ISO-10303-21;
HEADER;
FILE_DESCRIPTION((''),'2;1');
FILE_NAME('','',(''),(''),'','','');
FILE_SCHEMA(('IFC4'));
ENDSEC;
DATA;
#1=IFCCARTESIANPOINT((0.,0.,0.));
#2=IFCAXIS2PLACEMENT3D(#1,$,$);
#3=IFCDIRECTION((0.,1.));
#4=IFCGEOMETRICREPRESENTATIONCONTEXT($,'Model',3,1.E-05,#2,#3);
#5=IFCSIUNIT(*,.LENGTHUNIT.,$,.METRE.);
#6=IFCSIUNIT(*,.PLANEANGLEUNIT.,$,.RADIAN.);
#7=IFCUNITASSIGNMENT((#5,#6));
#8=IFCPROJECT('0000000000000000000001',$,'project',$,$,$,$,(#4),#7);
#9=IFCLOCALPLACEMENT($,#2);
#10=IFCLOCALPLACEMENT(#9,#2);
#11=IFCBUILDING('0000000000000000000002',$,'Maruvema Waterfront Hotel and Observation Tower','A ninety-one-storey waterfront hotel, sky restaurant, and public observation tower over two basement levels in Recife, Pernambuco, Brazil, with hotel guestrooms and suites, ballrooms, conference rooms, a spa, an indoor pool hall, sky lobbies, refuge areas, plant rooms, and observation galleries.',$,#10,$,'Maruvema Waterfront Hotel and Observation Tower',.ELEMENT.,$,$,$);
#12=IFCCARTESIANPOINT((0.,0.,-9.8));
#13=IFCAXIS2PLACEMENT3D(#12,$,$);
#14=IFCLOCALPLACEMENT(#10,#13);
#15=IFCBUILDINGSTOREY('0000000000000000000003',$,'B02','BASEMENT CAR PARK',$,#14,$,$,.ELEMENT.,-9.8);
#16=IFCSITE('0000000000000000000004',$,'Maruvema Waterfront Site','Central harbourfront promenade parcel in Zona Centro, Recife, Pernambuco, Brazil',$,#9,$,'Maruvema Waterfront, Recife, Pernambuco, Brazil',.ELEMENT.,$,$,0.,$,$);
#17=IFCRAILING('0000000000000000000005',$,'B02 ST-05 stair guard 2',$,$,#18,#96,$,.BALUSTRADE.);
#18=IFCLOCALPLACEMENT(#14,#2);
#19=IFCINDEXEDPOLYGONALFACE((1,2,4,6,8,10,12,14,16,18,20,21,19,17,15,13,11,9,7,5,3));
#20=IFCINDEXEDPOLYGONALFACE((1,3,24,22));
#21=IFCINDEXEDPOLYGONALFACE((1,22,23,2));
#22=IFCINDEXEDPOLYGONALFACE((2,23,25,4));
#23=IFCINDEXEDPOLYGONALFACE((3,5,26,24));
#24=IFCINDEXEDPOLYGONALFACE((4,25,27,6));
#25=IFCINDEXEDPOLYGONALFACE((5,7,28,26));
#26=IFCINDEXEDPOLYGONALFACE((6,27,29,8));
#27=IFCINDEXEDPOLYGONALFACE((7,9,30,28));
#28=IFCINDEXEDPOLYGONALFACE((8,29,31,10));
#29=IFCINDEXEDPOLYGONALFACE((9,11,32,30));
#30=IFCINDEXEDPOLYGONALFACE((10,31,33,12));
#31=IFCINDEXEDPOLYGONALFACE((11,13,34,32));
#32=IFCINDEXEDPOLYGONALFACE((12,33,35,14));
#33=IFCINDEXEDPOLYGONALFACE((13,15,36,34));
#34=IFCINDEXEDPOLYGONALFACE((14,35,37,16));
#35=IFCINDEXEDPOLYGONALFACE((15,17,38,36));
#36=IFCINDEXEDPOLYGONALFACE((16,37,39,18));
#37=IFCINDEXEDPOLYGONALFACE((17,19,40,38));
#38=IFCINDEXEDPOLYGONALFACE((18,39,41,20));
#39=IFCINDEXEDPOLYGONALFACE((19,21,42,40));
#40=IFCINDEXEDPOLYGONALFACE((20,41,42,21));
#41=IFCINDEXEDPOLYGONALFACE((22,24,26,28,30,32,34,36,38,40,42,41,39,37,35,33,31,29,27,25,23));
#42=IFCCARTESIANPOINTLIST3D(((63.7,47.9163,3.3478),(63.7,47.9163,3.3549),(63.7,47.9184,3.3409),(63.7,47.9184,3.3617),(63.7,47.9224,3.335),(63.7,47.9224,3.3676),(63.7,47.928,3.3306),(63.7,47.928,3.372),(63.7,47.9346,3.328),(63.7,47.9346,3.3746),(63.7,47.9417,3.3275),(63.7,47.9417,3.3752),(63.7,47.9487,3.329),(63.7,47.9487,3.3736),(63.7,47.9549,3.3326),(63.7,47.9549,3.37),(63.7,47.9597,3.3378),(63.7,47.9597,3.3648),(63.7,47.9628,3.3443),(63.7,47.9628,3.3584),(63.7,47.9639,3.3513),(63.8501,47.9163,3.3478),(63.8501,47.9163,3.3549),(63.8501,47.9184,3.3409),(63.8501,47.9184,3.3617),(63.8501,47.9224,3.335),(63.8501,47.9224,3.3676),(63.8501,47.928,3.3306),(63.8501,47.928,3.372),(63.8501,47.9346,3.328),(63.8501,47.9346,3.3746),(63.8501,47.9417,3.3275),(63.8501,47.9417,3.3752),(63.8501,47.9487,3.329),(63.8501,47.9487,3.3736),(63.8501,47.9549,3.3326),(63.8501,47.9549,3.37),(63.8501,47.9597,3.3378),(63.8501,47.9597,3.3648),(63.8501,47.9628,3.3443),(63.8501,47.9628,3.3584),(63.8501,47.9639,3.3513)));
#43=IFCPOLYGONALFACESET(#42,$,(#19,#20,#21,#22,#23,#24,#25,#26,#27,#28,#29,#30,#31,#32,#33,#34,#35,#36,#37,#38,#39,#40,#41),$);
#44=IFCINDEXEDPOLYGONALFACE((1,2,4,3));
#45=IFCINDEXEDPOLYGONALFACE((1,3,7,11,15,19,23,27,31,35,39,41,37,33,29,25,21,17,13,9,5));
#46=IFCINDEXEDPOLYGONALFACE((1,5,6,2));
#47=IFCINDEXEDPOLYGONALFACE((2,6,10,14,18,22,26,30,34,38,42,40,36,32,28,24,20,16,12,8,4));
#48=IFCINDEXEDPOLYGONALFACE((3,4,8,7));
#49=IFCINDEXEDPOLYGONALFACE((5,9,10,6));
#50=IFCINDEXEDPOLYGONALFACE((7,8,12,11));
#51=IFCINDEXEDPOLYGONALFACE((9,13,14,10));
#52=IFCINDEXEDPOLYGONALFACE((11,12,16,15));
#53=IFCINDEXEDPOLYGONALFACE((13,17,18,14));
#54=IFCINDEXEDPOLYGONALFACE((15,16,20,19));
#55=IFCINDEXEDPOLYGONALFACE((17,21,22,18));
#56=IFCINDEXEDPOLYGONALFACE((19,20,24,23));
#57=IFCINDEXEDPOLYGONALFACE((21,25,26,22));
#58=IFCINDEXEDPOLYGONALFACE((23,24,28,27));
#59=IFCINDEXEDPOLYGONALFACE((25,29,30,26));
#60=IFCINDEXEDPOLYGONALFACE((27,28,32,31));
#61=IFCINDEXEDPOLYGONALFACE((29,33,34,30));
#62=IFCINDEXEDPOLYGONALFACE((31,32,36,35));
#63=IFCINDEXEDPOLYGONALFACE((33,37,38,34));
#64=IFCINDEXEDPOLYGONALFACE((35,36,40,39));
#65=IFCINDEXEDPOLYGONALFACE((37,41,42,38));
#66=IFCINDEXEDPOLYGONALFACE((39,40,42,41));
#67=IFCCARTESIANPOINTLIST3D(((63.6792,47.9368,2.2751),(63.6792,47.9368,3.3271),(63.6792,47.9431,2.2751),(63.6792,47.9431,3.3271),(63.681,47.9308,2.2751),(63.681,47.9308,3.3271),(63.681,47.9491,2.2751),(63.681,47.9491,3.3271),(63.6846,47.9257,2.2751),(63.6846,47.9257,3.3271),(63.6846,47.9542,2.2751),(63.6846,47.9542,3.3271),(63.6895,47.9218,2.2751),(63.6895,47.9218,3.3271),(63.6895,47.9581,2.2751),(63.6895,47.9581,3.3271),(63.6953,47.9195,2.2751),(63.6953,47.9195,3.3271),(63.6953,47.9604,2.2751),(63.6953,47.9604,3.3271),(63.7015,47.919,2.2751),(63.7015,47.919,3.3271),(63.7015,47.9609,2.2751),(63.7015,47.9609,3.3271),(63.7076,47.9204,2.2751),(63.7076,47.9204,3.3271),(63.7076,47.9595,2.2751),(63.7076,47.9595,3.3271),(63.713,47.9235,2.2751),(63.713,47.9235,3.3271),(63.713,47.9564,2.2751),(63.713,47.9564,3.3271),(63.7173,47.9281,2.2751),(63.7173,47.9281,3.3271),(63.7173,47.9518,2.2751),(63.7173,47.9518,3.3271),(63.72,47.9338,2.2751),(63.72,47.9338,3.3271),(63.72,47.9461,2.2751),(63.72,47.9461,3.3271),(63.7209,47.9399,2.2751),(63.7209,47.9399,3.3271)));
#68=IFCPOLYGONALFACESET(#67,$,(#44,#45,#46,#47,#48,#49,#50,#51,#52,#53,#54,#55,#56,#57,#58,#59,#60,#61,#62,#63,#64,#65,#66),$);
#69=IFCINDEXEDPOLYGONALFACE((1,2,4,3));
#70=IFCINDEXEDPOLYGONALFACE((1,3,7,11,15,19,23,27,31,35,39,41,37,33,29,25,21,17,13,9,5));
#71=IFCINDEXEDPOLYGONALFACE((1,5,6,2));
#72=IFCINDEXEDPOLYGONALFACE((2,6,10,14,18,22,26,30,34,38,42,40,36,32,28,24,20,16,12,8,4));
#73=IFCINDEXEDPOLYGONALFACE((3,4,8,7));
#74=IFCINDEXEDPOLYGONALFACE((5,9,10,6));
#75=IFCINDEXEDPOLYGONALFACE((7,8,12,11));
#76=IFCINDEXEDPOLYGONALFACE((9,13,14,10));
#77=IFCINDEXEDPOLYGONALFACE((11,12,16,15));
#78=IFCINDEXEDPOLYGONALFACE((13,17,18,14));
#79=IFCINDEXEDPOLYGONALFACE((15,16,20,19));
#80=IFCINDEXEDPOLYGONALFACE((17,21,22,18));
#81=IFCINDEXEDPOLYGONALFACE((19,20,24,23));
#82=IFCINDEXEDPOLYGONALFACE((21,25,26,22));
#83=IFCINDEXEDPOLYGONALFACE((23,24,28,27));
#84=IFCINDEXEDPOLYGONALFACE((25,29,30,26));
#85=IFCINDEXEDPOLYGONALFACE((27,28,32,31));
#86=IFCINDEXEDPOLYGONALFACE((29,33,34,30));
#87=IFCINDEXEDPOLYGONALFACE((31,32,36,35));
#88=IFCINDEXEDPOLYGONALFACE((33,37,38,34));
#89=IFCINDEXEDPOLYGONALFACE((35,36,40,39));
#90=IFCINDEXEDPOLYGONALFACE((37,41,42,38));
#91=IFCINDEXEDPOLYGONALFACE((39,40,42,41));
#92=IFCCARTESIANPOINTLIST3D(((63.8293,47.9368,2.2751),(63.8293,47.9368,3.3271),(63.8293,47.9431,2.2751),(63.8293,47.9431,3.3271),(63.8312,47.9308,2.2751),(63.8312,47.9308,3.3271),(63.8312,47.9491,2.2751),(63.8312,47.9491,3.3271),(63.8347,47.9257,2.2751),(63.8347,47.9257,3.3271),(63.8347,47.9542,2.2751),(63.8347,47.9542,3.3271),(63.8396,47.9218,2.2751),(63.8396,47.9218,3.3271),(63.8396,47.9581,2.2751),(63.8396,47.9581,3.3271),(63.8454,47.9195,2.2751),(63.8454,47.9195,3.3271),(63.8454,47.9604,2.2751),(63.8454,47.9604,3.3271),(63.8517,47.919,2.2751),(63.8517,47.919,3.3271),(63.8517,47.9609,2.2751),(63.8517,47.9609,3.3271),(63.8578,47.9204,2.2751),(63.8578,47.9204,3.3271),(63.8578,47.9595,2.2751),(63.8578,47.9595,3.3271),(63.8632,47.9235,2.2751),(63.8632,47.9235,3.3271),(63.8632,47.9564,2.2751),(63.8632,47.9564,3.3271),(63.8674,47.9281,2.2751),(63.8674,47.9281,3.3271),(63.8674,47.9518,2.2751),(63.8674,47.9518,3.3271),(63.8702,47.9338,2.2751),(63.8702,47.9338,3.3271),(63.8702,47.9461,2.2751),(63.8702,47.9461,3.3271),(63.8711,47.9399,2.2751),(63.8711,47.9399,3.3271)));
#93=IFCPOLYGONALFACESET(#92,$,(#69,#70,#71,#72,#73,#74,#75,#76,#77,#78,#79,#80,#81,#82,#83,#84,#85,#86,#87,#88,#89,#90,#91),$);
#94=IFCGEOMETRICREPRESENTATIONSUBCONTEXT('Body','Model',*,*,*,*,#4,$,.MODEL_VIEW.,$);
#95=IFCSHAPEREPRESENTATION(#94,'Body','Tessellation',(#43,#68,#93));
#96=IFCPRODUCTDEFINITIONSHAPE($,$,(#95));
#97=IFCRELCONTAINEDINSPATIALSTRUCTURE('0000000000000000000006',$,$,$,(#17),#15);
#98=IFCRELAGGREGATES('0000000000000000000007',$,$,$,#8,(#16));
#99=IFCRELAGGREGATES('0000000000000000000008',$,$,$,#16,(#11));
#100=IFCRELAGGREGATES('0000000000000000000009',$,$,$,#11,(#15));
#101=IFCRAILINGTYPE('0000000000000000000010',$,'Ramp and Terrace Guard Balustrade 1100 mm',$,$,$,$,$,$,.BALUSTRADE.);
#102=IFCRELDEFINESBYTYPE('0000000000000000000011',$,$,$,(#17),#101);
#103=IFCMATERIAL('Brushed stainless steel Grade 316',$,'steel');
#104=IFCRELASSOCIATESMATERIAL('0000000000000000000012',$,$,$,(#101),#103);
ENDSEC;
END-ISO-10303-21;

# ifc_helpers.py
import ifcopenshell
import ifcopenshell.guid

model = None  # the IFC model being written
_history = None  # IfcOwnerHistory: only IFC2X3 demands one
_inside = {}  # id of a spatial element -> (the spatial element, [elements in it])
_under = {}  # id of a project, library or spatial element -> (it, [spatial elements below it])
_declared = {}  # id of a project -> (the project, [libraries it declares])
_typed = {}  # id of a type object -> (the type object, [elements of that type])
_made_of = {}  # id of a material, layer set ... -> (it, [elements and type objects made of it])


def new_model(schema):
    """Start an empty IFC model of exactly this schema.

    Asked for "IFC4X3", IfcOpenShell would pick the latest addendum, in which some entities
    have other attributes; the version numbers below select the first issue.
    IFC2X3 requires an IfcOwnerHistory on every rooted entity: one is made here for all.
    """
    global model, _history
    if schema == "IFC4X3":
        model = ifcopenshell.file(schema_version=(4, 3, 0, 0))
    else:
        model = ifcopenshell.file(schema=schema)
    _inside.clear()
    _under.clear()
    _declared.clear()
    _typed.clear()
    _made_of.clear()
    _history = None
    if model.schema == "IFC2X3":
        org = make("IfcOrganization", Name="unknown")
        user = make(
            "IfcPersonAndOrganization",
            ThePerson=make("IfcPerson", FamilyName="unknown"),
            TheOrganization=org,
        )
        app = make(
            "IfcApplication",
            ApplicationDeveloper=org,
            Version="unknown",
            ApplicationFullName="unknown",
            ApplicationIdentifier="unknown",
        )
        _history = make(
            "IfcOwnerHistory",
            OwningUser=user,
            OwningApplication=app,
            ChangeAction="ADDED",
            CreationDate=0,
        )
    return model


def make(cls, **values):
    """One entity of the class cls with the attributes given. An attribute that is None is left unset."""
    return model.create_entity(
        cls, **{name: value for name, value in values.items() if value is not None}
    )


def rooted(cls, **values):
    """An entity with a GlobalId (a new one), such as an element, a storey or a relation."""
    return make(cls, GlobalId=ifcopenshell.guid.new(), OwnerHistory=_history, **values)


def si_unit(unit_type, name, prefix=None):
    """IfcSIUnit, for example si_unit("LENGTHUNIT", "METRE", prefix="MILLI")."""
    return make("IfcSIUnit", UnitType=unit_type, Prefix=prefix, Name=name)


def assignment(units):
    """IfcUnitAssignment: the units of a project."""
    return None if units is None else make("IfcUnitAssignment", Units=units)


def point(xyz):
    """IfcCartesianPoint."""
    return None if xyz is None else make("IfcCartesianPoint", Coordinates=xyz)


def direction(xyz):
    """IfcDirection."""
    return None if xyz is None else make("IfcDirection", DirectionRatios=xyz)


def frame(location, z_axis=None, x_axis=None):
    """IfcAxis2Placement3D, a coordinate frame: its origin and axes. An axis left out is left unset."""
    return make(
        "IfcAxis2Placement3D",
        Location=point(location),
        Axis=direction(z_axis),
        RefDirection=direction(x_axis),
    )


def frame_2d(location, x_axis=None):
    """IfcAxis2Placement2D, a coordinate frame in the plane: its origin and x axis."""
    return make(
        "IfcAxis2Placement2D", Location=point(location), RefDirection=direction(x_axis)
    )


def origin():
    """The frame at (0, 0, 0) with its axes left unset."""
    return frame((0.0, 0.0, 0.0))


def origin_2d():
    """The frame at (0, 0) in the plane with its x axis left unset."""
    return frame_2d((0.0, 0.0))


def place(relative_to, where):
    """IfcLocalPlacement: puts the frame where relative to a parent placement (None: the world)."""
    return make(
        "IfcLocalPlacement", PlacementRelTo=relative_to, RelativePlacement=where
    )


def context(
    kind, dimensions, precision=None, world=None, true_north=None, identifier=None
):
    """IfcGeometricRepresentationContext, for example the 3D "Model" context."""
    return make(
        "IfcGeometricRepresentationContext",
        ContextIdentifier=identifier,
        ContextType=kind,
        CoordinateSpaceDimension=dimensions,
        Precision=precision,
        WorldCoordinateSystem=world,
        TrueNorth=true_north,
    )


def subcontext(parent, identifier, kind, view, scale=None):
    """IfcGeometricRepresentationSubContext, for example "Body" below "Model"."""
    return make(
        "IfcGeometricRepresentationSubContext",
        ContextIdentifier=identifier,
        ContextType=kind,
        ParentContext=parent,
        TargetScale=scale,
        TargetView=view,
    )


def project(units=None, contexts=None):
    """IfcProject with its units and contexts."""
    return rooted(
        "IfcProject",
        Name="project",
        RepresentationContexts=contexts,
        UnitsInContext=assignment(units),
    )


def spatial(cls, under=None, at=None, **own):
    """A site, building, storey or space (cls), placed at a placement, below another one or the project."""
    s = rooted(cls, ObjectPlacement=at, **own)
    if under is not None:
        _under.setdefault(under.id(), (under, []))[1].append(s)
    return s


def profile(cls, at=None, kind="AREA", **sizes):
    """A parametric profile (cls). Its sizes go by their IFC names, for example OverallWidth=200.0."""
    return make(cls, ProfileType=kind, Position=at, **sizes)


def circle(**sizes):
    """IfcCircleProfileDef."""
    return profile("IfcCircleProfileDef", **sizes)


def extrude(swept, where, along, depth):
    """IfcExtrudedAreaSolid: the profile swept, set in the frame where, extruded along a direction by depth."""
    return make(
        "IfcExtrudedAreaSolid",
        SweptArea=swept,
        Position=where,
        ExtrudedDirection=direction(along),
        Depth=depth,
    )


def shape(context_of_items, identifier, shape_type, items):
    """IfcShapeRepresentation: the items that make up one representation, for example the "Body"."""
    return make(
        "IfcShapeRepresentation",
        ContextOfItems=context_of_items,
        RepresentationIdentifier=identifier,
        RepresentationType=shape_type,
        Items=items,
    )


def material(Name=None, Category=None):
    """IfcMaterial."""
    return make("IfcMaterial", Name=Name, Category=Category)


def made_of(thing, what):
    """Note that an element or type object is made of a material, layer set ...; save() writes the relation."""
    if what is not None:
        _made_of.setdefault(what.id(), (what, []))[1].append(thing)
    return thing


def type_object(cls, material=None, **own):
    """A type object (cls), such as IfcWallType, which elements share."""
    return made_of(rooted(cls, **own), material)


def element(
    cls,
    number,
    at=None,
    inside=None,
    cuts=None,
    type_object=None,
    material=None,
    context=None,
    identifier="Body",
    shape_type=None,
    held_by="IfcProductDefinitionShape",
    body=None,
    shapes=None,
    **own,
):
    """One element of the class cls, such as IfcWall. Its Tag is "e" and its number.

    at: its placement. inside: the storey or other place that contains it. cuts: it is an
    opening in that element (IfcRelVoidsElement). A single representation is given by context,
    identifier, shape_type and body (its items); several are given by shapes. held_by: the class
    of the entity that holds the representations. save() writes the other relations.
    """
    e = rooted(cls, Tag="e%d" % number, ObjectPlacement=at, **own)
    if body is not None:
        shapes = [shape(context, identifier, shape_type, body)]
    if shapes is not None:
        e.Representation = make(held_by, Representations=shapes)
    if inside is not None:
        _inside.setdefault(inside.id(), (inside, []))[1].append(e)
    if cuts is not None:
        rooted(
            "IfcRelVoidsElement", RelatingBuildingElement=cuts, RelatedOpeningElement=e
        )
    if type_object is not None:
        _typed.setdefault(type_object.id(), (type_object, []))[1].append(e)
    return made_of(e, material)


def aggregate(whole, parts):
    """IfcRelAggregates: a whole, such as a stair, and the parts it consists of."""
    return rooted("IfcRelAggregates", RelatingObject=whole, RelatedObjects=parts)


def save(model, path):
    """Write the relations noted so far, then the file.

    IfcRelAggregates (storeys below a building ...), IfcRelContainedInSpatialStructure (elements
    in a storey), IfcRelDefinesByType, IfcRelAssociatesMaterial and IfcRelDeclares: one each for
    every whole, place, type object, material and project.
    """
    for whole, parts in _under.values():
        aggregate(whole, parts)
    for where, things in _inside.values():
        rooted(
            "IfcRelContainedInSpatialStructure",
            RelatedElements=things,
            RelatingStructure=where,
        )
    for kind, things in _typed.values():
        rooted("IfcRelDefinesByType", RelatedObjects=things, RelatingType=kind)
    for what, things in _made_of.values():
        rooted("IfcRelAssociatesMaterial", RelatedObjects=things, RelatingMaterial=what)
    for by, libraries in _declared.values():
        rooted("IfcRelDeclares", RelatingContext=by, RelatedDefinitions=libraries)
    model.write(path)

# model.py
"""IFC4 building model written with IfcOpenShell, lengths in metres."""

from ifc_helpers import new_model, si_unit, direction, frame, origin, origin_2d, place, context, subcontext, project, spatial, circle, extrude, material, type_object, element, save


model = new_model("IFC4")

# Units and contexts
model_context = context("Model", 3, precision=1e-05, world=origin(), true_north=direction((0.0, 1.0)))
body_context = subcontext(model_context, "Body", "Model", "MODEL_VIEW")
ifc_project = project(units=[si_unit("LENGTHUNIT", "METRE"), si_unit("PLANEANGLEUNIT", "RADIAN")], contexts=[model_context])

# Site, building, storey
site_placement = place(None, origin())
site = spatial("IfcSite", under=ifc_project, at=site_placement, Name="Maruvema Waterfront Site", Description="Central harbourfront promenade parcel in Zona Centro, Recife, Pernambuco, Brazil", LongName="Maruvema Waterfront, Recife, Pernambuco, Brazil", CompositionType="ELEMENT", RefElevation=0.0)
building_placement = place(site_placement, origin())
building = spatial("IfcBuilding", under=site, at=building_placement, Name="Maruvema Waterfront Hotel and Observation Tower", Description="A ninety-one-storey waterfront hotel, sky restaurant, and public observation tower over two basement levels in Recife, Pernambuco, Brazil, with hotel guestrooms and suites, ballrooms, conference rooms, a spa, an indoor pool hall, sky lobbies, refuge areas, plant rooms, and observation galleries.", LongName="Maruvema Waterfront Hotel and Observation Tower", CompositionType="ELEMENT")
storey_placement = place(building_placement, frame((0.0, 0.0, -9.8)))
storey = spatial("IfcBuildingStorey", under=building, at=storey_placement, Name="B02", Description="BASEMENT CAR PARK", CompositionType="ELEMENT", Elevation=-9.8)

# Railing
ifc_material_1 = material(Name="Brushed stainless steel Grade 316", Category="steel")
railing_type_1 = type_object("IfcRailingType", Name="Ramp and Terrace Guard Balustrade 1100 mm", PredefinedType="BALUSTRADE", material=ifc_material_1)
railing_1_placement = place(storey_placement, frame((63.7, 47.9399, 2.2751)))
element("IfcRailing", 1, at=railing_1_placement, inside=storey, type_object=railing_type_1, Name="B02 ST-05 stair guard 2", PredefinedType="BALUSTRADE", context=body_context, shape_type="SweptSolid", body=[
    extrude(circle(Radius=0.0239, at=origin_2d()), frame((0.0, 0.0, 1.0762), z_axis=(1.0, 0.0, 0.0), x_axis=(0.0, 1.0, 0.0)), (0.0, 0.0, 1.0), 0.1501),
    extrude(circle(Radius=0.021, at=origin_2d()), origin(), (0.0, 0.0, 1.0), 1.052),
    extrude(circle(Radius=0.021, at=origin_2d()), frame((0.1501, 0.0, 0.0)), (0.0, 0.0, 1.0), 1.052),
])

save(model, "model.ifc")
